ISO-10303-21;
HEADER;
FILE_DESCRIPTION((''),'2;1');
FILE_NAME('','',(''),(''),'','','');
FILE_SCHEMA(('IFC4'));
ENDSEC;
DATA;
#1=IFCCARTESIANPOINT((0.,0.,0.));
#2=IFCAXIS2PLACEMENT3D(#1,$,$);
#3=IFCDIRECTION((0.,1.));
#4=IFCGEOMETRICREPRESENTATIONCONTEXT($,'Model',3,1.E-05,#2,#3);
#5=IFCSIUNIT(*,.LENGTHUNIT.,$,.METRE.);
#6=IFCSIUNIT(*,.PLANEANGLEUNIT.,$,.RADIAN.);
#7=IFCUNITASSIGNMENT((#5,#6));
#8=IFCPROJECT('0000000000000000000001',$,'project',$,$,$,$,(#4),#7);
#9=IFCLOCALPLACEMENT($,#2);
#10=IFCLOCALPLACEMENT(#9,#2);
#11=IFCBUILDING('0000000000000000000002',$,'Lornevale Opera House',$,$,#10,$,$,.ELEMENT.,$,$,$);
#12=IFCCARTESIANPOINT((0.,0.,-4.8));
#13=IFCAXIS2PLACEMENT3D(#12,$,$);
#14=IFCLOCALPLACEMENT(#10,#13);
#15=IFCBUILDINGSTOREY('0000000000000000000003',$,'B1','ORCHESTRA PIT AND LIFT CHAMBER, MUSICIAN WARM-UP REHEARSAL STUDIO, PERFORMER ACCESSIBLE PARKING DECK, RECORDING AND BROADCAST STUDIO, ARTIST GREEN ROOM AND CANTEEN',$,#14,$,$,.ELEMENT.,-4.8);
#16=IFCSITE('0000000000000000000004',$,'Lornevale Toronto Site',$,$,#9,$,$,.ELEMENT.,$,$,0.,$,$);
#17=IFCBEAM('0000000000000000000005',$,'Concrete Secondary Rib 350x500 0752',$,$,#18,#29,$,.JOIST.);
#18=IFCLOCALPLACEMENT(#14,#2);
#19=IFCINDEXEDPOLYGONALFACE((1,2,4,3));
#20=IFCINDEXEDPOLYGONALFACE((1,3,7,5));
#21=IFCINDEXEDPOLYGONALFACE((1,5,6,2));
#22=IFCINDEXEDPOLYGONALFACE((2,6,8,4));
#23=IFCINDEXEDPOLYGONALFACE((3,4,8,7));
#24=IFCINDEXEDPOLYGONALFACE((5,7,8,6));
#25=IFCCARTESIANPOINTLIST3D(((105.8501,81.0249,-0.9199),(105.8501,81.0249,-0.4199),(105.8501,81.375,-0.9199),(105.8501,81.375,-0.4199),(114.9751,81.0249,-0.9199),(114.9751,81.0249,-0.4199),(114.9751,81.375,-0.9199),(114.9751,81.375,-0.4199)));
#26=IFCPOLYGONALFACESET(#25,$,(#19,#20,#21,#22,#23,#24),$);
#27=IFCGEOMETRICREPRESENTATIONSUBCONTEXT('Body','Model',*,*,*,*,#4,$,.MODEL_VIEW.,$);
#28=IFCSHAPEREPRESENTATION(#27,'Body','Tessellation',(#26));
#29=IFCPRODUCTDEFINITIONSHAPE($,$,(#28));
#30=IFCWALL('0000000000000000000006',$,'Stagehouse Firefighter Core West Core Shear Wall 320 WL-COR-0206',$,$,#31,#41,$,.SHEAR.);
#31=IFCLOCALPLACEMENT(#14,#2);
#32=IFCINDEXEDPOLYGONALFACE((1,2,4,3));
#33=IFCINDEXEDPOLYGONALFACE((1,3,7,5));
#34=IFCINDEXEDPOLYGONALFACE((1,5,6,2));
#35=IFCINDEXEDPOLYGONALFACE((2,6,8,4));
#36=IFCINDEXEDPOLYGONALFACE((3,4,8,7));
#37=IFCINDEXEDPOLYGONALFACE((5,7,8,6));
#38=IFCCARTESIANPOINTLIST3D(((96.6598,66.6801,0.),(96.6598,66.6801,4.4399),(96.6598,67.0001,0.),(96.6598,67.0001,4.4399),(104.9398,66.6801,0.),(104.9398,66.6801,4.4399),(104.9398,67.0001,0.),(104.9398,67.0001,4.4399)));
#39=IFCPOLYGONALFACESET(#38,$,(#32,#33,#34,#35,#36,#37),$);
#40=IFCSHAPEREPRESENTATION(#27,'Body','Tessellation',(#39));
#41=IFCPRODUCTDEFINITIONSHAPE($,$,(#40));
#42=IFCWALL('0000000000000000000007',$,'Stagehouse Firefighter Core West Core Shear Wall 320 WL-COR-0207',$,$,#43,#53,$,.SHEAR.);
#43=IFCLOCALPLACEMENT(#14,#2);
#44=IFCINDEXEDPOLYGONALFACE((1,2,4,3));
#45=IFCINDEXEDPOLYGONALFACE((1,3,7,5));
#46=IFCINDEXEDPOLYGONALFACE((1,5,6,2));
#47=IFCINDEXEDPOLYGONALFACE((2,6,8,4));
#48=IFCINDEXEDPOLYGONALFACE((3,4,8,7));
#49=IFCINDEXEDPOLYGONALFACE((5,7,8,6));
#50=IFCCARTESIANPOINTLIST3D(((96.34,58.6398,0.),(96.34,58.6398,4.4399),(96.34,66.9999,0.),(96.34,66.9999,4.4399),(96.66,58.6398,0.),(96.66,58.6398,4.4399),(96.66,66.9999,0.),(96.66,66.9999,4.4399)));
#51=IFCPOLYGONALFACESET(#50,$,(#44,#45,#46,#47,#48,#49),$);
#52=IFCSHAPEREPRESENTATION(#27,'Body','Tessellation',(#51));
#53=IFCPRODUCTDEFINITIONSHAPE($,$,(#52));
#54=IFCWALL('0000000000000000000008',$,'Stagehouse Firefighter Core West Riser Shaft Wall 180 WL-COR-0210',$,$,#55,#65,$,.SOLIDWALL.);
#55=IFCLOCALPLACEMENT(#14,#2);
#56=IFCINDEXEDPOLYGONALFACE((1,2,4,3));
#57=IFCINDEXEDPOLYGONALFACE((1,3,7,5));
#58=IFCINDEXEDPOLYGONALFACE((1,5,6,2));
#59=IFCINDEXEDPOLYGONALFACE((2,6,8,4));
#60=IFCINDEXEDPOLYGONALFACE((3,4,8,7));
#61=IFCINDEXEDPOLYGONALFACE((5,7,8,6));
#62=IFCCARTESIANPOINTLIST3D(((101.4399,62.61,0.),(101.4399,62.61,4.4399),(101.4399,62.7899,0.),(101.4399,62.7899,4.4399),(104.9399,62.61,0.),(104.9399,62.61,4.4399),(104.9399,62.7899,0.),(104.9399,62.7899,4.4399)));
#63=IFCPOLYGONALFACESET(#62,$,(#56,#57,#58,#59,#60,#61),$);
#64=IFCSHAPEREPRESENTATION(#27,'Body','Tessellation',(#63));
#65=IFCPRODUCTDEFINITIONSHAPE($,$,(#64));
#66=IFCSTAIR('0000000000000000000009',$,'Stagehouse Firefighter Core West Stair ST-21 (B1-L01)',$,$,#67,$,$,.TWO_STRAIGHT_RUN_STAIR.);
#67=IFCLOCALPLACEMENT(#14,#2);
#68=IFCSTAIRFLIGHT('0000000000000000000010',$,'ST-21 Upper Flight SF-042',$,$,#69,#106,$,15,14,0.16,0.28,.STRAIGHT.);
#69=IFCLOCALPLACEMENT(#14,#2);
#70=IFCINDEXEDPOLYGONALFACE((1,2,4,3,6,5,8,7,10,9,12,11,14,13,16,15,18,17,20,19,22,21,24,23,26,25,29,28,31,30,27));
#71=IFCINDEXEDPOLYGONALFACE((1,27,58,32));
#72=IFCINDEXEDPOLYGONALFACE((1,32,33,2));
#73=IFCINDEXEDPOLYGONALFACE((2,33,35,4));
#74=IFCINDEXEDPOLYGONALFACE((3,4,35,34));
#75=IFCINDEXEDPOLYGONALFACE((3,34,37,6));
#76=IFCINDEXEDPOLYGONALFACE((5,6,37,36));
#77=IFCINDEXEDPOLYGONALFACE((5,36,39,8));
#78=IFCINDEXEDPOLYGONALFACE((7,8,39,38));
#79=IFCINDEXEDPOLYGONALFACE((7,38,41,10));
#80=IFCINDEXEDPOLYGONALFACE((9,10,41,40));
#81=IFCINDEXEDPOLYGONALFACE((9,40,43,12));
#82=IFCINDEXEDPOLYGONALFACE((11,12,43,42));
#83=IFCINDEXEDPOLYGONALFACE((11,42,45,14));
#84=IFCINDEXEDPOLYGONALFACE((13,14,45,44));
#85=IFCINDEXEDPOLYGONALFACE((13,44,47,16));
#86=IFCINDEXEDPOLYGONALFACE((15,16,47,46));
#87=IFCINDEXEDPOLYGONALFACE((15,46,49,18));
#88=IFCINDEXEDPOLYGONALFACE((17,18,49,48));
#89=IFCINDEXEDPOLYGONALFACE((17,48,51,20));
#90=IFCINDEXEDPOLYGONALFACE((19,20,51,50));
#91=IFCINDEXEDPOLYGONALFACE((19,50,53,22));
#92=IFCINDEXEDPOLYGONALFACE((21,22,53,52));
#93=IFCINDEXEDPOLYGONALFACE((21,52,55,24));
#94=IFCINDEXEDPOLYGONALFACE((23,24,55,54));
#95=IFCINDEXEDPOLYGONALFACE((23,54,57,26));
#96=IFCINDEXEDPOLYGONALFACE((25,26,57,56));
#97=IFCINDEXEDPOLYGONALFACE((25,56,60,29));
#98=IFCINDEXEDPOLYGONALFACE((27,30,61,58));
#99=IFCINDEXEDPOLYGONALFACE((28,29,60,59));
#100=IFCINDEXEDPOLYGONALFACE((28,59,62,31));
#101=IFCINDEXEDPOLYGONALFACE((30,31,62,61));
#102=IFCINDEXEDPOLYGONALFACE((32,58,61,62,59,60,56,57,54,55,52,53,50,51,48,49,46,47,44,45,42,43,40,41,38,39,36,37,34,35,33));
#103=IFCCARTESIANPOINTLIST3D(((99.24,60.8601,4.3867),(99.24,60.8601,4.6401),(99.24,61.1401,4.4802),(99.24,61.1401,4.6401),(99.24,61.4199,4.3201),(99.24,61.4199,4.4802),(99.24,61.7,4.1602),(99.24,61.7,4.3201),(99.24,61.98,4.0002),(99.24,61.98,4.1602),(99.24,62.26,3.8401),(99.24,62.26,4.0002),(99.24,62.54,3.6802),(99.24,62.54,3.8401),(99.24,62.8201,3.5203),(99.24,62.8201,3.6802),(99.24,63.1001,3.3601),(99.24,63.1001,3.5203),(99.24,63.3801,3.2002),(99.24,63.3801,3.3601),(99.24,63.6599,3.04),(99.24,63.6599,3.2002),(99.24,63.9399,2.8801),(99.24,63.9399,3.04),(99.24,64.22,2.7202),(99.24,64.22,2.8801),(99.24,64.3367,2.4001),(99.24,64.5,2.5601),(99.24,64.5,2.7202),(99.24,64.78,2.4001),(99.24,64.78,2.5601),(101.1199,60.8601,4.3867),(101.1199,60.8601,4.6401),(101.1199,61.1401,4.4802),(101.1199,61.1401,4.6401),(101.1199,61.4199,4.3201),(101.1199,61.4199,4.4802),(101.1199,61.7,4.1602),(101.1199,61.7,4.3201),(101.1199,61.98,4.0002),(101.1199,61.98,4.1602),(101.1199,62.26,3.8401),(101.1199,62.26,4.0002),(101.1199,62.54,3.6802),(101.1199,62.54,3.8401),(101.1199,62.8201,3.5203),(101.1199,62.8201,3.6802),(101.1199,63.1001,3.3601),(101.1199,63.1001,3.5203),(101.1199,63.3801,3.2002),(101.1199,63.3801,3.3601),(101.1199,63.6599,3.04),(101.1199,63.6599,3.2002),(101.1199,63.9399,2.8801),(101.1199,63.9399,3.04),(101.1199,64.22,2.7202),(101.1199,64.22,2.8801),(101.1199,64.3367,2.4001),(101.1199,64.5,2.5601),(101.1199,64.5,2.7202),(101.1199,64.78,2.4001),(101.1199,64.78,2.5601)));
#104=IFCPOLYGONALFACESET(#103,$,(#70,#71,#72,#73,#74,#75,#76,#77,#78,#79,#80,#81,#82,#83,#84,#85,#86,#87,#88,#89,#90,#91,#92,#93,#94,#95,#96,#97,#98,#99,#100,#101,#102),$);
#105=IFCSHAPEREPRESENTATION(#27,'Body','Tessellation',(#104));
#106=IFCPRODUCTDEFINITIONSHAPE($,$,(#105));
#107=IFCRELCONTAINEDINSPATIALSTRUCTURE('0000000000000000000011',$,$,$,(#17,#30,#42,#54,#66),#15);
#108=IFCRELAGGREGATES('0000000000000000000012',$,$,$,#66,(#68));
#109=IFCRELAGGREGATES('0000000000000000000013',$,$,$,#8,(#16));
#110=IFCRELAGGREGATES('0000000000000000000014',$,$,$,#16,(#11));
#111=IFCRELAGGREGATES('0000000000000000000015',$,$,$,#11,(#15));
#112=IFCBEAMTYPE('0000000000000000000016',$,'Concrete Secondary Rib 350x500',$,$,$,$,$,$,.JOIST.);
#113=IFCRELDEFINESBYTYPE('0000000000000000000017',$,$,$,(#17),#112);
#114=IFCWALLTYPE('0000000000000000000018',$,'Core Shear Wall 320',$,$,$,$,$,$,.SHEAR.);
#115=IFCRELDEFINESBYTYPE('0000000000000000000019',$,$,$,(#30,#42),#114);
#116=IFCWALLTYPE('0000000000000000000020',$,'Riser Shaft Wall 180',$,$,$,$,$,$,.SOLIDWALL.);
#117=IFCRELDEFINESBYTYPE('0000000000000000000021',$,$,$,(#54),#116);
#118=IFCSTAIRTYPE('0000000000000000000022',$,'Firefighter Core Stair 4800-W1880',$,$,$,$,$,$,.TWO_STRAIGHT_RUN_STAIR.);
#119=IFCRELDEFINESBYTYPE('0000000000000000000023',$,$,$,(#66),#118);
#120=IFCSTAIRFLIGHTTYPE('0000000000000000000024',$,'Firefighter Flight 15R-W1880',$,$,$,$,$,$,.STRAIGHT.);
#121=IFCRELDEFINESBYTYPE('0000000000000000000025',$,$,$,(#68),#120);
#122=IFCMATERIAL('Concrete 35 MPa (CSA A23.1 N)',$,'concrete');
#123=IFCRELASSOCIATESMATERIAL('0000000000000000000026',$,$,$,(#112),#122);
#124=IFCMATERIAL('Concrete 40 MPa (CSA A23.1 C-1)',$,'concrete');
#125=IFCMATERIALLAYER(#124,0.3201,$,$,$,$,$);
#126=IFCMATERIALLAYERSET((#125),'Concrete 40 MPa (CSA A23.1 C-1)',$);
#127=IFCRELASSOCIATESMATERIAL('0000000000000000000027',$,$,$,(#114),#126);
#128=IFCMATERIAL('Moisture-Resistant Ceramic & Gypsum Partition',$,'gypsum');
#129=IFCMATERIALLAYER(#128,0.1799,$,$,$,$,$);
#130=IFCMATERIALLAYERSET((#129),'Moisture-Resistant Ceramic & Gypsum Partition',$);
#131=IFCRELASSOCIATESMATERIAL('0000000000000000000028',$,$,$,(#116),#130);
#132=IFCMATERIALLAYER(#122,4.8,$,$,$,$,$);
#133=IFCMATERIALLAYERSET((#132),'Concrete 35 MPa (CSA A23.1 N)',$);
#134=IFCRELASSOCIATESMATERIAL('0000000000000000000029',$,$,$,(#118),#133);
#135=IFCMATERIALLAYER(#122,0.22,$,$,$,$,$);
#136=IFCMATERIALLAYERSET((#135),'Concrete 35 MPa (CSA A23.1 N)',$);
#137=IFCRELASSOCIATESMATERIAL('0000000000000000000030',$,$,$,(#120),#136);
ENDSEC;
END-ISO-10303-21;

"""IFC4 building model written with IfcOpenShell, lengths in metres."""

from ifc_helpers import new_model, si_unit, direction, frame, frame_2d, origin, origin_2d, place, context, subcontext, project, spatial, polyline, rectangle, outline, extrude, material, layer, layer_set, material_profile, profile_set, type_object, element, aggregate, save


model = new_model("IFC4")

# Units and contexts
model_context = context("Model", 3, precision=1e-05, world=origin(), true_north=direction((0.0, 1.0)))
body_context = subcontext(model_context, "Body", "Model", "MODEL_VIEW")
ifc_project = project(units=[si_unit("LENGTHUNIT", "METRE"), si_unit("PLANEANGLEUNIT", "RADIAN")], contexts=[model_context])

# Site, building, storey
site_placement = place(None, origin())
site = spatial("IfcSite", under=ifc_project, at=site_placement, Name="Lornevale Toronto Site", CompositionType="ELEMENT", RefElevation=0.0)
building_placement = place(site_placement, origin())
building = spatial("IfcBuilding", under=site, at=building_placement, Name="Lornevale Opera House", CompositionType="ELEMENT")
storey_placement = place(building_placement, frame((0.0, 0.0, -4.8)))
storey = spatial("IfcBuildingStorey", under=building, at=storey_placement, Name="B1", Description="ORCHESTRA PIT AND LIFT CHAMBER, MUSICIAN WARM-UP REHEARSAL STUDIO, PERFORMER ACCESSIBLE PARKING DECK, RECORDING AND BROADCAST STUDIO, ARTIST GREEN ROOM AND CANTEEN", CompositionType="ELEMENT", Elevation=-4.8)

# Shared definitions
ifc_material_1 = material(Name="Concrete 40 MPa (CSA A23.1 C-1)", Category="concrete")

# Beam
ifc_material_2 = material(Name="Concrete 35 MPa (CSA A23.1 N)", Category="concrete")
ifc_material_profile_1 = material_profile(ifc_material_2, rectangle(XDim=0.3501, YDim=0.5, at=origin_2d()), Name="RC350x500")
ifc_profile_set_1 = profile_set([ifc_material_profile_1], Name="Concrete 35 MPa (CSA A23.1 N)")
beam_type_1 = type_object("IfcBeamType", Name="Concrete Secondary Rib 350x500", PredefinedType="JOIST", material=ifc_profile_set_1)
for number, where, z_axis, x_axis, name in (
    (1, (105.8501, 81.2, -0.6699), (1.0, 0.0, 0.0), (0.0, 1.0, 0.0), "Concrete Secondary Rib 350x500 0752"),
):
    element("IfcBeam", number, at=place(storey_placement, frame(where, z_axis=z_axis, x_axis=x_axis)), inside=storey, type_object=beam_type_1, Name=name, PredefinedType="JOIST", context=body_context, shape_type="SweptSolid", body=[
        extrude(rectangle(XDim=0.3501, YDim=0.5, at=origin_2d()), origin(), (0.0, 0.0, 1.0), 9.125),
    ])

# Walls
ifc_layer_1 = layer(ifc_material_1, 0.3201)
ifc_layer_set_1 = layer_set([ifc_layer_1], Name="Concrete 40 MPa (CSA A23.1 C-1)")
wall_type_1 = type_object("IfcWallType", Name="Core Shear Wall 320", PredefinedType="SHEAR", material=ifc_layer_set_1)
wall_1_placement = place(storey_placement, frame((104.9399, 66.8401, 0.0), z_axis=(0.0, 0.0, 1.0), x_axis=(-1.0, 0.0, 0.0)))
element("IfcWall", 2, at=wall_1_placement, inside=storey, type_object=wall_type_1, Name="Stagehouse Firefighter Core West Core Shear Wall 320 WL-COR-0206", PredefinedType="SHEAR", context=body_context, shape_type="SweptSolid", body=[
    extrude(rectangle(XDim=8.28, YDim=0.3201, at=frame_2d((4.1401, 0.0))), origin(), (0.0, 0.0, 1.0), 4.4399),
])
wall_2_placement = place(storey_placement, frame((96.5, 67.0, 0.0), z_axis=(0.0, 0.0, 1.0), x_axis=(0.0, -1.0, 0.0)))
element("IfcWall", 3, at=wall_2_placement, inside=storey, type_object=wall_type_1, Name="Stagehouse Firefighter Core West Core Shear Wall 320 WL-COR-0207", PredefinedType="SHEAR", context=body_context, shape_type="SweptSolid", body=[
    extrude(rectangle(XDim=8.3601, YDim=0.3201, at=frame_2d((4.1802, 0.0))), origin(), (0.0, 0.0, 1.0), 4.4399),
])
ifc_material_3 = material(Name="Moisture-Resistant Ceramic & Gypsum Partition", Category="gypsum")
ifc_layer_2 = layer(ifc_material_3, 0.1799)
ifc_layer_set_2 = layer_set([ifc_layer_2], Name="Moisture-Resistant Ceramic & Gypsum Partition")
wall_type_2 = type_object("IfcWallType", Name="Riser Shaft Wall 180", PredefinedType="SOLIDWALL", material=ifc_layer_set_2)
wall_3_placement = place(storey_placement, frame((101.4399, 62.7, 0.0), z_axis=(0.0, 0.0, 1.0), x_axis=(1.0, 0.0, 0.0)))
element("IfcWall", 4, at=wall_3_placement, inside=storey, type_object=wall_type_2, Name="Stagehouse Firefighter Core West Riser Shaft Wall 180 WL-COR-0210", PredefinedType="SOLIDWALL", context=body_context, shape_type="SweptSolid", body=[
    extrude(rectangle(XDim=3.5, YDim=0.1799, at=frame_2d((1.75, 0.0))), origin(), (0.0, 0.0, 1.0), 4.4399),
])

# Stair, stair flight
ifc_layer_3 = layer(ifc_material_2, 4.8)
ifc_layer_set_3 = layer_set([ifc_layer_3], Name="Concrete 35 MPa (CSA A23.1 N)")
stair_type = type_object("IfcStairType", Name="Firefighter Core Stair 4800-W1880", PredefinedType="TWO_STRAIGHT_RUN_STAIR", material=ifc_layer_set_3)
stair_placement = place(storey_placement, origin())
stair = element("IfcStair", 5, at=stair_placement, inside=storey, type_object=stair_type, Name="Stagehouse Firefighter Core West Stair ST-21 (B1-L01)", PredefinedType="TWO_STRAIGHT_RUN_STAIR")
ifc_layer_4 = layer(ifc_material_2, 0.22)
ifc_layer_set_4 = layer_set([ifc_layer_4], Name="Concrete 35 MPa (CSA A23.1 N)")
stair_flight_type = type_object("IfcStairFlightType", Name="Firefighter Flight 15R-W1880", PredefinedType="STRAIGHT", material=ifc_layer_set_4)
stair_flight_placement = place(storey_placement, frame((100.1799, 64.78, 2.4001), z_axis=(0.0, 0.0, 1.0), x_axis=(0.0, -1.0, 0.0)))
stair_flight = element("IfcStairFlight", 6, at=stair_flight_placement, type_object=stair_flight_type, Name="ST-21 Upper Flight SF-042", NumberOfRisers=15, NumberOfTreads=14, PredefinedType="STRAIGHT", RiserHeight=0.16, TreadLength=0.28, context=body_context, shape_type="SweptSolid", body=[
    extrude(outline(polyline([(0.0, 0.0), (0.0, 0.1599), (0.28, 0.1599), (0.28, 0.3201), (0.5601, 0.3201), (0.5601, 0.48), (0.8401, 0.48), (0.8401, 0.6399), (1.1201, 0.6399), (1.1201, 0.8), (1.3999, 0.8), (1.3999, 0.96), (1.6799, 0.96), (1.6799, 1.1201), (1.96, 1.1201), (1.96, 1.28), (2.24, 1.28), (2.24, 1.4399), (2.52, 1.4399), (2.52, 1.6001), (2.8, 1.6001), (2.8, 1.76), (3.0801, 1.76), (3.0801, 1.9199), (3.3601, 1.9199), (3.3601, 2.0801), (3.6399, 2.0801), (3.6399, 2.24), (3.9199, 2.24), (3.9199, 1.9866), (0.4434, 0.0), (0.0, 0.0)])), frame((0.0, 0.9399, 0.0), z_axis=(0.0, -1.0, 0.0), x_axis=(1.0, 0.0, 0.0)), (0.0, 0.0, 1.0), 1.8799),
])
aggregate(stair, [stair_flight])

save(model, "model.ifc")
